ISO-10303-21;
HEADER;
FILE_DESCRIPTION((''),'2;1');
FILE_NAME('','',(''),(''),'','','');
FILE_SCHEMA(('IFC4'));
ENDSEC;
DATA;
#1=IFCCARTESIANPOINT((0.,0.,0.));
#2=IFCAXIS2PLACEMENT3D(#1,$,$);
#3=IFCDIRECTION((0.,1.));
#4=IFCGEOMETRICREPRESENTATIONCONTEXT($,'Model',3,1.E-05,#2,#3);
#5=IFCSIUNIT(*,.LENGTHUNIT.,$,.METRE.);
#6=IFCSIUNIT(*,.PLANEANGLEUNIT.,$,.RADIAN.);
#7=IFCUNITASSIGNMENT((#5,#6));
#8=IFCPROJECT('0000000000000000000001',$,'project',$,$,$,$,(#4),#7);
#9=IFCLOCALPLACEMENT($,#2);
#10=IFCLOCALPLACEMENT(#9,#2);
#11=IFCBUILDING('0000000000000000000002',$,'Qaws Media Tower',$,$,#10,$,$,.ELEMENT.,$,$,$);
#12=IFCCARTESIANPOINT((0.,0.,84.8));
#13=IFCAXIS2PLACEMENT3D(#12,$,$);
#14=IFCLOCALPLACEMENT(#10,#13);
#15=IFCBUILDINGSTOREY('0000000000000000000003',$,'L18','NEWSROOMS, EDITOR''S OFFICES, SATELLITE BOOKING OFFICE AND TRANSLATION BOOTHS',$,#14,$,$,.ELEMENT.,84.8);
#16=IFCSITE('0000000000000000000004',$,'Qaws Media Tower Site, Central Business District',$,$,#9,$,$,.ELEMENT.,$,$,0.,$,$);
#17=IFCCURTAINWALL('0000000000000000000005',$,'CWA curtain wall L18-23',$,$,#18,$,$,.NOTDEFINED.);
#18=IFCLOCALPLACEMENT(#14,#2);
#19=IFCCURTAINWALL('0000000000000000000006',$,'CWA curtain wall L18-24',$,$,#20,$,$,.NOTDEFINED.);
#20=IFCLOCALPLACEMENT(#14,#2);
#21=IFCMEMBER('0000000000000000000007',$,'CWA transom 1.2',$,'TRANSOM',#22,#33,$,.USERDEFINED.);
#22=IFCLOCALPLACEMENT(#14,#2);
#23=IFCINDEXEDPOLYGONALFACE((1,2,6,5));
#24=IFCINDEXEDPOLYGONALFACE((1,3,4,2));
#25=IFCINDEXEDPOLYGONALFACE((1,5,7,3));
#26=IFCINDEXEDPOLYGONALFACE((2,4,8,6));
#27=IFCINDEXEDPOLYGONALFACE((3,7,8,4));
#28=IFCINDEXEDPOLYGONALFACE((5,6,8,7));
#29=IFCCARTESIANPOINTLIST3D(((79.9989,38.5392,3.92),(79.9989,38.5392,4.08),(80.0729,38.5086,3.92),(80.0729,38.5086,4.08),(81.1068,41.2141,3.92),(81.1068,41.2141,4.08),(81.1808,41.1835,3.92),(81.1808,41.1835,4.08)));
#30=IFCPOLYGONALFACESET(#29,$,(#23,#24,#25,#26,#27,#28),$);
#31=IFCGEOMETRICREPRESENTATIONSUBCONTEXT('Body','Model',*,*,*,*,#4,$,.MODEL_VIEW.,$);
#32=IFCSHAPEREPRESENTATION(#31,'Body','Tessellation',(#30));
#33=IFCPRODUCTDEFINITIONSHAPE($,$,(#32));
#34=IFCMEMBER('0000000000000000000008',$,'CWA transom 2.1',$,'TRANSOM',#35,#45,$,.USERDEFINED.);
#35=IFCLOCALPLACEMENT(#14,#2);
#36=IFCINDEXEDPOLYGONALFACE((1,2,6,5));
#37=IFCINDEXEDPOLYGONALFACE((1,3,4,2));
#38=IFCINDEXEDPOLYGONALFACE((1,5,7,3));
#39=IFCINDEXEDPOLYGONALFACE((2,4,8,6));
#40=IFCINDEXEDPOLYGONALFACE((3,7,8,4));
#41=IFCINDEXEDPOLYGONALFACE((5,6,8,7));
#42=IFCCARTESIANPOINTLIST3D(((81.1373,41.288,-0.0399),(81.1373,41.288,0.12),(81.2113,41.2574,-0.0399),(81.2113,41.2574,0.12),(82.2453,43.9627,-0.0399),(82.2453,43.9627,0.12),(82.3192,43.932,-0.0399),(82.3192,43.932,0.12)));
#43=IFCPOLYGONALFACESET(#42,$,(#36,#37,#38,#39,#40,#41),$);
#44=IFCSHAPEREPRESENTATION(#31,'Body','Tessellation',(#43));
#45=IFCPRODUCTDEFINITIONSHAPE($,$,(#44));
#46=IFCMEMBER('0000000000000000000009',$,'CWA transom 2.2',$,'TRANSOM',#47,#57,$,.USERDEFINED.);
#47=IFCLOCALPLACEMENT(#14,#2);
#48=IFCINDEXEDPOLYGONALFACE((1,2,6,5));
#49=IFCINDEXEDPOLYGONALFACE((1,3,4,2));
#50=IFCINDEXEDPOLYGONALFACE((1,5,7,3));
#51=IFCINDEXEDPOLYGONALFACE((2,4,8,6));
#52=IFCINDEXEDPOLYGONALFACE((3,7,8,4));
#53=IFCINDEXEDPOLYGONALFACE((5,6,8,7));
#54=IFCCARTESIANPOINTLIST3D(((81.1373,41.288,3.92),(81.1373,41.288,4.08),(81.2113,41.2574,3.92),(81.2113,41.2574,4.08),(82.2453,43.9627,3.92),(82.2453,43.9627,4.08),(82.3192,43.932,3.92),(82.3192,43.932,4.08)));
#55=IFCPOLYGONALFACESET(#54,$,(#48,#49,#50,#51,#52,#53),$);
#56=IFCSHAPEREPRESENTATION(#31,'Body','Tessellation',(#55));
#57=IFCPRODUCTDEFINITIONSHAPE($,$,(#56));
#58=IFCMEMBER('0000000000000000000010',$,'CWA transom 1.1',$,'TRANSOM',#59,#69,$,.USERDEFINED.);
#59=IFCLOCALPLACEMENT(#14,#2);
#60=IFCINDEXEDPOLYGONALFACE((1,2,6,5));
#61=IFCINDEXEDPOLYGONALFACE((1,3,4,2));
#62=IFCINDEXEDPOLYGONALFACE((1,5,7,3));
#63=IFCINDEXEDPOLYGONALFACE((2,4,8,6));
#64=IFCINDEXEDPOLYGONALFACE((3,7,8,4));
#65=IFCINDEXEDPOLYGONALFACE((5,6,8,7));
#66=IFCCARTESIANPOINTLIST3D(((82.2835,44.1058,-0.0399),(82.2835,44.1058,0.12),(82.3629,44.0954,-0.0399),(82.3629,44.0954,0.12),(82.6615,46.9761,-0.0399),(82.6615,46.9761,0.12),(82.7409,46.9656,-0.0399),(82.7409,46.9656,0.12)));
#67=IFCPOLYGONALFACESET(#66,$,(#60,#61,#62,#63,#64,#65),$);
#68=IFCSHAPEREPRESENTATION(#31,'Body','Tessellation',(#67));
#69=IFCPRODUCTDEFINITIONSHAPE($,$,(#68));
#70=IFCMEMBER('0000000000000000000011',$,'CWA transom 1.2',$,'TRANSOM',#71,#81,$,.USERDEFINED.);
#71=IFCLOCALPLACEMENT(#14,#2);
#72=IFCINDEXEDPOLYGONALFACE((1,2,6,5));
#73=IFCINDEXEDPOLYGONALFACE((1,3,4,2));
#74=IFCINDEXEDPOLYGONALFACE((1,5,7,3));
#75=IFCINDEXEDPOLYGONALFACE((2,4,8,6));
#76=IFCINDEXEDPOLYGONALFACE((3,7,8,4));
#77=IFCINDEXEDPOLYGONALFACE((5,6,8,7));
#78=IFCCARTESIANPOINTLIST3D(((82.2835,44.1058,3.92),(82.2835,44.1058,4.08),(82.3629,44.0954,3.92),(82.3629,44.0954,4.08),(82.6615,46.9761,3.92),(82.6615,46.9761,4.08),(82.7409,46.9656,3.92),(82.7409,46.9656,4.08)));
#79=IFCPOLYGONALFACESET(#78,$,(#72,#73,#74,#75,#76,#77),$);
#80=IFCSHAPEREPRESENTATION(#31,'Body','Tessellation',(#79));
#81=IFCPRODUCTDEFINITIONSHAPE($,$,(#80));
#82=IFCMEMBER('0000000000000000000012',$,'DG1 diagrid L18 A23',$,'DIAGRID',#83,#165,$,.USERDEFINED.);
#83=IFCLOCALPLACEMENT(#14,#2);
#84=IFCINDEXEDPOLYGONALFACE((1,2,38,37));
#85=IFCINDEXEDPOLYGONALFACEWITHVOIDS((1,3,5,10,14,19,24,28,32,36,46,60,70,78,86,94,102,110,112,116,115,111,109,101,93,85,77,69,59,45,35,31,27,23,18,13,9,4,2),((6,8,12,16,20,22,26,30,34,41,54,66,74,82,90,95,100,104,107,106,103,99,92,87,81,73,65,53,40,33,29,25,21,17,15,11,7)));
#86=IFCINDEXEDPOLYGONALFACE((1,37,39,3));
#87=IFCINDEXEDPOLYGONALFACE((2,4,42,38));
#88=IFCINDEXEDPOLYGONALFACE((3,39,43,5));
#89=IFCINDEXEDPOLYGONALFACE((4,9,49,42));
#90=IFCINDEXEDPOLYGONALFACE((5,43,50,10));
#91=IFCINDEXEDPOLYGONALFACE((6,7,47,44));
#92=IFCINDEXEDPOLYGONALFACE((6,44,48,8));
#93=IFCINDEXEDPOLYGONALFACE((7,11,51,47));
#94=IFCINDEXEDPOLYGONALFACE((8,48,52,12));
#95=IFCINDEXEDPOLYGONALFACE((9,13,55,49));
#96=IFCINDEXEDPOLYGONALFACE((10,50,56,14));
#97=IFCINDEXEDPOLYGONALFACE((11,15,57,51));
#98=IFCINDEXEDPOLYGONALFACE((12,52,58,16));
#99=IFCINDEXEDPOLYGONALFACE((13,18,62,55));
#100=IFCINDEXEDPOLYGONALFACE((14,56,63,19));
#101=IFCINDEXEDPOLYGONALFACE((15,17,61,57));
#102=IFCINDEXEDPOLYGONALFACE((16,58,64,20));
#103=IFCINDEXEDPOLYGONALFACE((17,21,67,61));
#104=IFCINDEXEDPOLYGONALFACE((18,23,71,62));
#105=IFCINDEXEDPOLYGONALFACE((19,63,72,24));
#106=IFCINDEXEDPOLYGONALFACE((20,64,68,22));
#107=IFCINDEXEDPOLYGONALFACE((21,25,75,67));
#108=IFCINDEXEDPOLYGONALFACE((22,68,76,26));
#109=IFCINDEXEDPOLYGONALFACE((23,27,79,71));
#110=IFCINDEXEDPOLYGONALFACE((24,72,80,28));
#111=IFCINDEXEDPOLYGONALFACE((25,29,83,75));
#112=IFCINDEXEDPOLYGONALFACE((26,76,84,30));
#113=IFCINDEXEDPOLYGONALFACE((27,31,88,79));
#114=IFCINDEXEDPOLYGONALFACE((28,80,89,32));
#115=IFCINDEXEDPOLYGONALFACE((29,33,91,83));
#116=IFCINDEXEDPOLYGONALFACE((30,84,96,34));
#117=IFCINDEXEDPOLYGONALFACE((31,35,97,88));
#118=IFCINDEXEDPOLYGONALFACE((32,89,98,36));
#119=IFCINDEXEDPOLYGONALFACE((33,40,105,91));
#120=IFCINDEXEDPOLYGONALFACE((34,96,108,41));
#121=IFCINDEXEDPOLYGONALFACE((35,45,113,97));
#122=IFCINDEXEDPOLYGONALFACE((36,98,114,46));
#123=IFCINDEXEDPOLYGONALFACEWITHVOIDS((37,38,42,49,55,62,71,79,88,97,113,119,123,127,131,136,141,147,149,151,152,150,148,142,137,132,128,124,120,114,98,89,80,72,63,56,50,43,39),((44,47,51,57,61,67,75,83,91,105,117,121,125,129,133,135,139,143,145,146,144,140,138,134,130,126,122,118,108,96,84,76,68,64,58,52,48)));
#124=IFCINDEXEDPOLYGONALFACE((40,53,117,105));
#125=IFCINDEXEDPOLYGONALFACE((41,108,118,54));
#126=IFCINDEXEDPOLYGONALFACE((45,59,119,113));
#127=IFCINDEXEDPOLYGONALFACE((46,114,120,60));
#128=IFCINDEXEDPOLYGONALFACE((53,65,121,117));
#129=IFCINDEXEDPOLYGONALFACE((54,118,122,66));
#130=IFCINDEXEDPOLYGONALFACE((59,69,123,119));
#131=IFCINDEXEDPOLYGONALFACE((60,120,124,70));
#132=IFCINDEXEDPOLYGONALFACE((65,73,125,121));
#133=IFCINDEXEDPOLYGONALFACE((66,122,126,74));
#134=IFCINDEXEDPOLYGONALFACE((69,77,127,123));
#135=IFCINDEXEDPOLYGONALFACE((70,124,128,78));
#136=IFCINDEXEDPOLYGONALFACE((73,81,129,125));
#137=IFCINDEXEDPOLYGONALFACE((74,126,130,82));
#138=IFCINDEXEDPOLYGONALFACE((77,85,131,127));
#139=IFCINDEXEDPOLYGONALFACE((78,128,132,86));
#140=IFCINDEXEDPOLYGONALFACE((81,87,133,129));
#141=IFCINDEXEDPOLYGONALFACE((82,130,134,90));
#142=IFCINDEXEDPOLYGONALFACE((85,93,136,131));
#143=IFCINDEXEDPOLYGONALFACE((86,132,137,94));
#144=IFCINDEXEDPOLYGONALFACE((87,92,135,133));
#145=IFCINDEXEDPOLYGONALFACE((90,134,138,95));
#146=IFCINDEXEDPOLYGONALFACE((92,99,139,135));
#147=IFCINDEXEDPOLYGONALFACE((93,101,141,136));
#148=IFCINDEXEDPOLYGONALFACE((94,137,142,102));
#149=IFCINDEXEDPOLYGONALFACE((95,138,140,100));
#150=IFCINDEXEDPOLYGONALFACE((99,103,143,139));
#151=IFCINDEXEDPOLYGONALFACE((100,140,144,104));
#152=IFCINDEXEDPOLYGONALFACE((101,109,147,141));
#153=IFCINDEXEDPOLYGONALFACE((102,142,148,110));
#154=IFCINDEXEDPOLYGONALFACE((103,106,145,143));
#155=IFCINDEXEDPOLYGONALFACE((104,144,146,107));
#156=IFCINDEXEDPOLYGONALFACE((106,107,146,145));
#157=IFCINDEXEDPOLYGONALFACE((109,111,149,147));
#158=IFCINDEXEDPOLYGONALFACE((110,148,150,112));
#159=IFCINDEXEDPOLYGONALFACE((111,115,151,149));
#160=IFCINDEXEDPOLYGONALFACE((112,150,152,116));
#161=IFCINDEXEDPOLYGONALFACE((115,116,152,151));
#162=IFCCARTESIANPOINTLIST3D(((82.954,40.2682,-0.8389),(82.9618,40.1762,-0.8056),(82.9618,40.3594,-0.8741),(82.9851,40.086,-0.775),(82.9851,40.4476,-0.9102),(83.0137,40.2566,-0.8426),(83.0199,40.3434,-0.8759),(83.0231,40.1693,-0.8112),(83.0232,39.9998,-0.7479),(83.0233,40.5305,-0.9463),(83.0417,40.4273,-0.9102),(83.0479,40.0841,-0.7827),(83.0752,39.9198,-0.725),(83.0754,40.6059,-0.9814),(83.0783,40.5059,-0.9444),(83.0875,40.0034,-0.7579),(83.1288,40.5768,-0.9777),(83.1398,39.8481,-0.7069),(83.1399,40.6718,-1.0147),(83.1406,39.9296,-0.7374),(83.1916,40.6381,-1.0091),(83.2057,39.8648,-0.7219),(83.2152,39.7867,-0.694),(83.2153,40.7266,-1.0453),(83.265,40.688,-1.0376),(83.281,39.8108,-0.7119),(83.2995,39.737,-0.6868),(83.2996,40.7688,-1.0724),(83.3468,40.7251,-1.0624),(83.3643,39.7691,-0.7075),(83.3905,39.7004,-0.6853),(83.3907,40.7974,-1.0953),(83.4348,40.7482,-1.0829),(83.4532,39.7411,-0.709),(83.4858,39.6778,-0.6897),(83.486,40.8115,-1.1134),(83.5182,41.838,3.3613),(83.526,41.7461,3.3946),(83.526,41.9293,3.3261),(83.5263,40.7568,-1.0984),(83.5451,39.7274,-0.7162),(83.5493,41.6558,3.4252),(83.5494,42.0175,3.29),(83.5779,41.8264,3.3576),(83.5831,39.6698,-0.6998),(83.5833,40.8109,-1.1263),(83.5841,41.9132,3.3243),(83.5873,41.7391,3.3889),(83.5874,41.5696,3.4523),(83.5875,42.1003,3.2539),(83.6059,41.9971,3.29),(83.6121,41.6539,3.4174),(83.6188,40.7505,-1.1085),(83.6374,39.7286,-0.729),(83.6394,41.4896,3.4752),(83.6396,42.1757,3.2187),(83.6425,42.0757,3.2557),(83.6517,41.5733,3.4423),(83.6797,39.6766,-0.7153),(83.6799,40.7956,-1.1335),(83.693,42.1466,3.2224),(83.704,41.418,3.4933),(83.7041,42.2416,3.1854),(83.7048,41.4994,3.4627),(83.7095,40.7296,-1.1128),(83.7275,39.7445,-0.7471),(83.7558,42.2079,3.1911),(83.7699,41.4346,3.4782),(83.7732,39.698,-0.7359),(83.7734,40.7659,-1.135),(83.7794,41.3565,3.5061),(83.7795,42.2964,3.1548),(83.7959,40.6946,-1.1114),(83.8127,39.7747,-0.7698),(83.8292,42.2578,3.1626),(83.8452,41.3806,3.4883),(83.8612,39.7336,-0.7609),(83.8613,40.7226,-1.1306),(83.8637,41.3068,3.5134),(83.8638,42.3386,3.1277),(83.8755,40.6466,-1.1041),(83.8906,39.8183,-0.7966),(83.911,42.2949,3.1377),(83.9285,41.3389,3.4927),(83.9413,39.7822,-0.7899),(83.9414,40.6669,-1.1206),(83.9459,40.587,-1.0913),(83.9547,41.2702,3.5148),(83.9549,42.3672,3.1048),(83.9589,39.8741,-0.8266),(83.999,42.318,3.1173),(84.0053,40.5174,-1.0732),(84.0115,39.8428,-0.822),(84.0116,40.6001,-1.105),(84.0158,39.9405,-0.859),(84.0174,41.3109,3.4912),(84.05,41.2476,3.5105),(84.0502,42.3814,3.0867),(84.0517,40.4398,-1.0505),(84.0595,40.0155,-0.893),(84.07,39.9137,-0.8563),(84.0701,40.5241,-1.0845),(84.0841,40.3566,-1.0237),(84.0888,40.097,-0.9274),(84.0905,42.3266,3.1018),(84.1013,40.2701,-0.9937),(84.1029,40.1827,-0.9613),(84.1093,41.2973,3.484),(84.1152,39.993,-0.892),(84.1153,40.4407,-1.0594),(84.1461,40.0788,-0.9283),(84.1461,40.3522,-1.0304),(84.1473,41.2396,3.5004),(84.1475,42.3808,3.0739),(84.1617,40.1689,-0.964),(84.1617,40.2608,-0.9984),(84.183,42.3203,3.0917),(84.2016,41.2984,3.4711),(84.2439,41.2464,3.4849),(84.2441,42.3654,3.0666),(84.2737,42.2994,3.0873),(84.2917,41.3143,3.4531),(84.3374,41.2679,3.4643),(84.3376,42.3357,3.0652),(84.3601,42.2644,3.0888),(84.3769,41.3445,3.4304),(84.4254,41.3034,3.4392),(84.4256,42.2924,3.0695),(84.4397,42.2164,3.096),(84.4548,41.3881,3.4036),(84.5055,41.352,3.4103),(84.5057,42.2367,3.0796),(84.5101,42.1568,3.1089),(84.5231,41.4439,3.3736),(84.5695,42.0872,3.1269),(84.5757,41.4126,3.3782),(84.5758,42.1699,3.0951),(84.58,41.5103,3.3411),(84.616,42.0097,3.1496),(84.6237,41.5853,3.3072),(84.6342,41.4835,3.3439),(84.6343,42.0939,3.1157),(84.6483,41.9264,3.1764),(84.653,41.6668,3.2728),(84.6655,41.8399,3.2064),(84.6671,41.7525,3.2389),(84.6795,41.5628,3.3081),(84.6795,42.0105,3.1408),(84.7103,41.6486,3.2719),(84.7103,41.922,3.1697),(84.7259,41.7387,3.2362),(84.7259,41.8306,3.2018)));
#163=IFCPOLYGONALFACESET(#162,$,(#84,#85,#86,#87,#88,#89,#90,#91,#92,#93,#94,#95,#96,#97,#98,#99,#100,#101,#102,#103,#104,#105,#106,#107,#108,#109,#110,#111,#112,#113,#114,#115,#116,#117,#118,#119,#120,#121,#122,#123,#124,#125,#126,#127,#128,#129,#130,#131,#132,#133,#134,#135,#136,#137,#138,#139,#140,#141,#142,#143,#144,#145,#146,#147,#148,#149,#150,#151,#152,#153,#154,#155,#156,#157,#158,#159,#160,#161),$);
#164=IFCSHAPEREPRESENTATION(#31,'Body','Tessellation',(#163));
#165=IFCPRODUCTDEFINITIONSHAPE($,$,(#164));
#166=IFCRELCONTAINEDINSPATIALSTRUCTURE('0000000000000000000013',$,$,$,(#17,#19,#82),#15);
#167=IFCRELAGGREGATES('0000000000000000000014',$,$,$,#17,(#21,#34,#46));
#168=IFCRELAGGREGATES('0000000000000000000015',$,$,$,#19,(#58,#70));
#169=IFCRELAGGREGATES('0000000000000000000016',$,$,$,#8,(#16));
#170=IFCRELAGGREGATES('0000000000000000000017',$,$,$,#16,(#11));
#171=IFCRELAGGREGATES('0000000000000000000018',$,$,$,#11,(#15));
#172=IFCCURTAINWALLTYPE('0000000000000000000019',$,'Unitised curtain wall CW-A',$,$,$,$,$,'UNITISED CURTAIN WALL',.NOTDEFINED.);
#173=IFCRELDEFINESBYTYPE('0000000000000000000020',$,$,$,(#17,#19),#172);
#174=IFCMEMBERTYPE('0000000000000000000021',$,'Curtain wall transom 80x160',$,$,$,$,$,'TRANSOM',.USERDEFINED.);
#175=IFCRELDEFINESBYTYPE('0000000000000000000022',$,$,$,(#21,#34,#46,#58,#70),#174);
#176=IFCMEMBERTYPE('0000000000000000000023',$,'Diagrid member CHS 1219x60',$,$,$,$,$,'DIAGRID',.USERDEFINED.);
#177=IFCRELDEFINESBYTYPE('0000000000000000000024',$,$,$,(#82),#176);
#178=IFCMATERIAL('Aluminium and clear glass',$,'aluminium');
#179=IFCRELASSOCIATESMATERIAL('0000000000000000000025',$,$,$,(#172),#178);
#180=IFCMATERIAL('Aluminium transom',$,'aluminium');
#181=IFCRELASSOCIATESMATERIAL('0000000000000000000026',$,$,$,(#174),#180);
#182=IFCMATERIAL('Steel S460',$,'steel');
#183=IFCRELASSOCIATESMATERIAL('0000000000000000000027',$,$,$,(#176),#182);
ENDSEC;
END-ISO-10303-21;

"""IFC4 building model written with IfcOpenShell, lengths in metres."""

from ifc_helpers import new_model, si_unit, direction, frame, origin, origin_2d, place, context, subcontext, project, spatial, rectangle, hollow_circle, extrude, material, material_profile, profile_set, type_object, element, aggregate, save


model = new_model("IFC4")

# Units and contexts
model_context = context("Model", 3, precision=1e-05, world=origin(), true_north=direction((0.0, 1.0)))
body_context = subcontext(model_context, "Body", "Model", "MODEL_VIEW")
ifc_project = project(units=[si_unit("LENGTHUNIT", "METRE"), si_unit("PLANEANGLEUNIT", "RADIAN")], contexts=[model_context])

# Site, building, storey
site_placement = place(None, origin())
site = spatial("IfcSite", under=ifc_project, at=site_placement, Name="Qaws Media Tower Site, Central Business District", CompositionType="ELEMENT", RefElevation=0.0)
building_placement = place(site_placement, origin())
building = spatial("IfcBuilding", under=site, at=building_placement, Name="Qaws Media Tower", CompositionType="ELEMENT")
storey_placement = place(building_placement, frame((0.0, 0.0, 84.8)))
storey = spatial("IfcBuildingStorey", under=building, at=storey_placement, Name="L18", Description="NEWSROOMS, EDITOR'S OFFICES, SATELLITE BOOKING OFFICE AND TRANSLATION BOOTHS", CompositionType="ELEMENT", Elevation=84.8)

# Shared definitions
ifc_material_1 = material(Name="Aluminium and clear glass", Category="aluminium")
curtain_wall_type = type_object("IfcCurtainWallType", Name="Unitised curtain wall CW-A", ElementType="UNITISED CURTAIN WALL", PredefinedType="NOTDEFINED", material=ifc_material_1)

# Curtain walls
curtain_wall_1_placement = place(storey_placement, origin())
curtain_wall_1 = element("IfcCurtainWall", 1, at=curtain_wall_1_placement, inside=storey, type_object=curtain_wall_type, Name="CWA curtain wall L18-23", PredefinedType="NOTDEFINED")
curtain_wall_2_placement = place(storey_placement, origin())
curtain_wall_2 = element("IfcCurtainWall", 2, at=curtain_wall_2_placement, inside=storey, type_object=curtain_wall_type, Name="CWA curtain wall L18-24", PredefinedType="NOTDEFINED")

# Members
ifc_material_2 = material(Name="Aluminium transom", Category="aluminium")
ifc_material_profile_1 = material_profile(ifc_material_2, rectangle(XDim=0.0801, YDim=0.1599, at=origin_2d()), Name="80x160")
ifc_profile_set_1 = profile_set([ifc_material_profile_1], Name="Aluminium transom")
member_type_1 = type_object("IfcMemberType", Name="Curtain wall transom 80x160", ElementType="TRANSOM", PredefinedType="USERDEFINED", material=ifc_profile_set_1)
member_1_placement = place(storey_placement, frame((80.0359, 38.5239, 4.0), z_axis=(0.382675, 0.923883, 0.0), x_axis=(-0.923883, 0.382675, 0.0)))
member_1 = element("IfcMember", 3, at=member_1_placement, type_object=member_type_1, Name="CWA transom 1.2", ObjectType="TRANSOM", PredefinedType="USERDEFINED", context=body_context, shape_type="SweptSolid", body=[
    extrude(rectangle(XDim=0.0801, YDim=0.1599, at=origin_2d()), origin(), (0.0, 0.0, 1.0), 2.8953),
])
member_2_placement = place(storey_placement, frame((81.1743, 41.2727, 0.04), z_axis=(0.382704, 0.923871, 0.0), x_axis=(-0.923871, 0.382704, 0.0)))
member_2 = element("IfcMember", 4, at=member_2_placement, type_object=member_type_1, Name="CWA transom 2.1", ObjectType="TRANSOM", PredefinedType="USERDEFINED", context=body_context, shape_type="SweptSolid", body=[
    extrude(rectangle(XDim=0.0801, YDim=0.1599, at=origin_2d()), origin(), (0.0, 0.0, 1.0), 2.895),
])
member_3_placement = place(storey_placement, frame((81.1743, 41.2727, 4.0), z_axis=(0.382704, 0.923871, 0.0), x_axis=(-0.923871, 0.382704, 0.0)))
member_3 = element("IfcMember", 5, at=member_3_placement, type_object=member_type_1, Name="CWA transom 2.2", ObjectType="TRANSOM", PredefinedType="USERDEFINED", context=body_context, shape_type="SweptSolid", body=[
    extrude(rectangle(XDim=0.0801, YDim=0.1599, at=origin_2d()), origin(), (0.0, 0.0, 1.0), 2.895),
])
member_4_placement = place(storey_placement, frame((82.3232, 44.1006, 0.04), z_axis=(0.13054, 0.991443, 0.0), x_axis=(-0.991443, 0.13054, 0.0)))
member_4 = element("IfcMember", 6, at=member_4_placement, type_object=member_type_1, Name="CWA transom 1.1", ObjectType="TRANSOM", PredefinedType="USERDEFINED", context=body_context, shape_type="SweptSolid", body=[
    extrude(rectangle(XDim=0.0801, YDim=0.1599, at=origin_2d()), origin(), (0.0, 0.0, 1.0), 2.895),
])
member_5_placement = place(storey_placement, frame((82.3232, 44.1006, 4.0), z_axis=(0.13054, 0.991443, 0.0), x_axis=(-0.991443, 0.13054, 0.0)))
member_5 = element("IfcMember", 7, at=member_5_placement, type_object=member_type_1, Name="CWA transom 1.2", ObjectType="TRANSOM", PredefinedType="USERDEFINED", context=body_context, shape_type="SweptSolid", body=[
    extrude(rectangle(XDim=0.0801, YDim=0.1599, at=origin_2d()), origin(), (0.0, 0.0, 1.0), 2.895),
])

# Member
ifc_material_3 = material(Name="Steel S460", Category="steel")
ifc_material_profile_2 = material_profile(ifc_material_3, hollow_circle(Radius=0.6096, WallThickness=0.0601, at=origin_2d()), Name="CHS 1219x60")
ifc_profile_set_2 = profile_set([ifc_material_profile_2], Name="Steel S460")
member_type_2 = type_object("IfcMemberType", Name="Diagrid member CHS 1219x60", ElementType="DIAGRID", PredefinedType="USERDEFINED", material=ifc_profile_set_2)
for number, where, z_axis, x_axis, name in (
    (8, (83.5588, 40.2415, -0.9102), (0.124844, 0.347358, 0.929385), (-0.941065, 0.338227, 0.0), "DG1 diagrid L18 A23"),
):
    element("IfcMember", number, at=place(storey_placement, frame(where, z_axis=z_axis, x_axis=x_axis)), inside=storey, type_object=member_type_2, Name=name, ObjectType="DIAGRID", PredefinedType="USERDEFINED", context=body_context, shape_type="SweptSolid", body=[
        extrude(hollow_circle(Radius=0.6096, WallThickness=0.0601, at=origin_2d()), origin(), (0.0, 0.0, 1.0), 4.5193),
    ])

aggregate(curtain_wall_1, [member_1, member_2, member_3])
aggregate(curtain_wall_2, [member_4, member_5])

save(model, "model.ifc")
